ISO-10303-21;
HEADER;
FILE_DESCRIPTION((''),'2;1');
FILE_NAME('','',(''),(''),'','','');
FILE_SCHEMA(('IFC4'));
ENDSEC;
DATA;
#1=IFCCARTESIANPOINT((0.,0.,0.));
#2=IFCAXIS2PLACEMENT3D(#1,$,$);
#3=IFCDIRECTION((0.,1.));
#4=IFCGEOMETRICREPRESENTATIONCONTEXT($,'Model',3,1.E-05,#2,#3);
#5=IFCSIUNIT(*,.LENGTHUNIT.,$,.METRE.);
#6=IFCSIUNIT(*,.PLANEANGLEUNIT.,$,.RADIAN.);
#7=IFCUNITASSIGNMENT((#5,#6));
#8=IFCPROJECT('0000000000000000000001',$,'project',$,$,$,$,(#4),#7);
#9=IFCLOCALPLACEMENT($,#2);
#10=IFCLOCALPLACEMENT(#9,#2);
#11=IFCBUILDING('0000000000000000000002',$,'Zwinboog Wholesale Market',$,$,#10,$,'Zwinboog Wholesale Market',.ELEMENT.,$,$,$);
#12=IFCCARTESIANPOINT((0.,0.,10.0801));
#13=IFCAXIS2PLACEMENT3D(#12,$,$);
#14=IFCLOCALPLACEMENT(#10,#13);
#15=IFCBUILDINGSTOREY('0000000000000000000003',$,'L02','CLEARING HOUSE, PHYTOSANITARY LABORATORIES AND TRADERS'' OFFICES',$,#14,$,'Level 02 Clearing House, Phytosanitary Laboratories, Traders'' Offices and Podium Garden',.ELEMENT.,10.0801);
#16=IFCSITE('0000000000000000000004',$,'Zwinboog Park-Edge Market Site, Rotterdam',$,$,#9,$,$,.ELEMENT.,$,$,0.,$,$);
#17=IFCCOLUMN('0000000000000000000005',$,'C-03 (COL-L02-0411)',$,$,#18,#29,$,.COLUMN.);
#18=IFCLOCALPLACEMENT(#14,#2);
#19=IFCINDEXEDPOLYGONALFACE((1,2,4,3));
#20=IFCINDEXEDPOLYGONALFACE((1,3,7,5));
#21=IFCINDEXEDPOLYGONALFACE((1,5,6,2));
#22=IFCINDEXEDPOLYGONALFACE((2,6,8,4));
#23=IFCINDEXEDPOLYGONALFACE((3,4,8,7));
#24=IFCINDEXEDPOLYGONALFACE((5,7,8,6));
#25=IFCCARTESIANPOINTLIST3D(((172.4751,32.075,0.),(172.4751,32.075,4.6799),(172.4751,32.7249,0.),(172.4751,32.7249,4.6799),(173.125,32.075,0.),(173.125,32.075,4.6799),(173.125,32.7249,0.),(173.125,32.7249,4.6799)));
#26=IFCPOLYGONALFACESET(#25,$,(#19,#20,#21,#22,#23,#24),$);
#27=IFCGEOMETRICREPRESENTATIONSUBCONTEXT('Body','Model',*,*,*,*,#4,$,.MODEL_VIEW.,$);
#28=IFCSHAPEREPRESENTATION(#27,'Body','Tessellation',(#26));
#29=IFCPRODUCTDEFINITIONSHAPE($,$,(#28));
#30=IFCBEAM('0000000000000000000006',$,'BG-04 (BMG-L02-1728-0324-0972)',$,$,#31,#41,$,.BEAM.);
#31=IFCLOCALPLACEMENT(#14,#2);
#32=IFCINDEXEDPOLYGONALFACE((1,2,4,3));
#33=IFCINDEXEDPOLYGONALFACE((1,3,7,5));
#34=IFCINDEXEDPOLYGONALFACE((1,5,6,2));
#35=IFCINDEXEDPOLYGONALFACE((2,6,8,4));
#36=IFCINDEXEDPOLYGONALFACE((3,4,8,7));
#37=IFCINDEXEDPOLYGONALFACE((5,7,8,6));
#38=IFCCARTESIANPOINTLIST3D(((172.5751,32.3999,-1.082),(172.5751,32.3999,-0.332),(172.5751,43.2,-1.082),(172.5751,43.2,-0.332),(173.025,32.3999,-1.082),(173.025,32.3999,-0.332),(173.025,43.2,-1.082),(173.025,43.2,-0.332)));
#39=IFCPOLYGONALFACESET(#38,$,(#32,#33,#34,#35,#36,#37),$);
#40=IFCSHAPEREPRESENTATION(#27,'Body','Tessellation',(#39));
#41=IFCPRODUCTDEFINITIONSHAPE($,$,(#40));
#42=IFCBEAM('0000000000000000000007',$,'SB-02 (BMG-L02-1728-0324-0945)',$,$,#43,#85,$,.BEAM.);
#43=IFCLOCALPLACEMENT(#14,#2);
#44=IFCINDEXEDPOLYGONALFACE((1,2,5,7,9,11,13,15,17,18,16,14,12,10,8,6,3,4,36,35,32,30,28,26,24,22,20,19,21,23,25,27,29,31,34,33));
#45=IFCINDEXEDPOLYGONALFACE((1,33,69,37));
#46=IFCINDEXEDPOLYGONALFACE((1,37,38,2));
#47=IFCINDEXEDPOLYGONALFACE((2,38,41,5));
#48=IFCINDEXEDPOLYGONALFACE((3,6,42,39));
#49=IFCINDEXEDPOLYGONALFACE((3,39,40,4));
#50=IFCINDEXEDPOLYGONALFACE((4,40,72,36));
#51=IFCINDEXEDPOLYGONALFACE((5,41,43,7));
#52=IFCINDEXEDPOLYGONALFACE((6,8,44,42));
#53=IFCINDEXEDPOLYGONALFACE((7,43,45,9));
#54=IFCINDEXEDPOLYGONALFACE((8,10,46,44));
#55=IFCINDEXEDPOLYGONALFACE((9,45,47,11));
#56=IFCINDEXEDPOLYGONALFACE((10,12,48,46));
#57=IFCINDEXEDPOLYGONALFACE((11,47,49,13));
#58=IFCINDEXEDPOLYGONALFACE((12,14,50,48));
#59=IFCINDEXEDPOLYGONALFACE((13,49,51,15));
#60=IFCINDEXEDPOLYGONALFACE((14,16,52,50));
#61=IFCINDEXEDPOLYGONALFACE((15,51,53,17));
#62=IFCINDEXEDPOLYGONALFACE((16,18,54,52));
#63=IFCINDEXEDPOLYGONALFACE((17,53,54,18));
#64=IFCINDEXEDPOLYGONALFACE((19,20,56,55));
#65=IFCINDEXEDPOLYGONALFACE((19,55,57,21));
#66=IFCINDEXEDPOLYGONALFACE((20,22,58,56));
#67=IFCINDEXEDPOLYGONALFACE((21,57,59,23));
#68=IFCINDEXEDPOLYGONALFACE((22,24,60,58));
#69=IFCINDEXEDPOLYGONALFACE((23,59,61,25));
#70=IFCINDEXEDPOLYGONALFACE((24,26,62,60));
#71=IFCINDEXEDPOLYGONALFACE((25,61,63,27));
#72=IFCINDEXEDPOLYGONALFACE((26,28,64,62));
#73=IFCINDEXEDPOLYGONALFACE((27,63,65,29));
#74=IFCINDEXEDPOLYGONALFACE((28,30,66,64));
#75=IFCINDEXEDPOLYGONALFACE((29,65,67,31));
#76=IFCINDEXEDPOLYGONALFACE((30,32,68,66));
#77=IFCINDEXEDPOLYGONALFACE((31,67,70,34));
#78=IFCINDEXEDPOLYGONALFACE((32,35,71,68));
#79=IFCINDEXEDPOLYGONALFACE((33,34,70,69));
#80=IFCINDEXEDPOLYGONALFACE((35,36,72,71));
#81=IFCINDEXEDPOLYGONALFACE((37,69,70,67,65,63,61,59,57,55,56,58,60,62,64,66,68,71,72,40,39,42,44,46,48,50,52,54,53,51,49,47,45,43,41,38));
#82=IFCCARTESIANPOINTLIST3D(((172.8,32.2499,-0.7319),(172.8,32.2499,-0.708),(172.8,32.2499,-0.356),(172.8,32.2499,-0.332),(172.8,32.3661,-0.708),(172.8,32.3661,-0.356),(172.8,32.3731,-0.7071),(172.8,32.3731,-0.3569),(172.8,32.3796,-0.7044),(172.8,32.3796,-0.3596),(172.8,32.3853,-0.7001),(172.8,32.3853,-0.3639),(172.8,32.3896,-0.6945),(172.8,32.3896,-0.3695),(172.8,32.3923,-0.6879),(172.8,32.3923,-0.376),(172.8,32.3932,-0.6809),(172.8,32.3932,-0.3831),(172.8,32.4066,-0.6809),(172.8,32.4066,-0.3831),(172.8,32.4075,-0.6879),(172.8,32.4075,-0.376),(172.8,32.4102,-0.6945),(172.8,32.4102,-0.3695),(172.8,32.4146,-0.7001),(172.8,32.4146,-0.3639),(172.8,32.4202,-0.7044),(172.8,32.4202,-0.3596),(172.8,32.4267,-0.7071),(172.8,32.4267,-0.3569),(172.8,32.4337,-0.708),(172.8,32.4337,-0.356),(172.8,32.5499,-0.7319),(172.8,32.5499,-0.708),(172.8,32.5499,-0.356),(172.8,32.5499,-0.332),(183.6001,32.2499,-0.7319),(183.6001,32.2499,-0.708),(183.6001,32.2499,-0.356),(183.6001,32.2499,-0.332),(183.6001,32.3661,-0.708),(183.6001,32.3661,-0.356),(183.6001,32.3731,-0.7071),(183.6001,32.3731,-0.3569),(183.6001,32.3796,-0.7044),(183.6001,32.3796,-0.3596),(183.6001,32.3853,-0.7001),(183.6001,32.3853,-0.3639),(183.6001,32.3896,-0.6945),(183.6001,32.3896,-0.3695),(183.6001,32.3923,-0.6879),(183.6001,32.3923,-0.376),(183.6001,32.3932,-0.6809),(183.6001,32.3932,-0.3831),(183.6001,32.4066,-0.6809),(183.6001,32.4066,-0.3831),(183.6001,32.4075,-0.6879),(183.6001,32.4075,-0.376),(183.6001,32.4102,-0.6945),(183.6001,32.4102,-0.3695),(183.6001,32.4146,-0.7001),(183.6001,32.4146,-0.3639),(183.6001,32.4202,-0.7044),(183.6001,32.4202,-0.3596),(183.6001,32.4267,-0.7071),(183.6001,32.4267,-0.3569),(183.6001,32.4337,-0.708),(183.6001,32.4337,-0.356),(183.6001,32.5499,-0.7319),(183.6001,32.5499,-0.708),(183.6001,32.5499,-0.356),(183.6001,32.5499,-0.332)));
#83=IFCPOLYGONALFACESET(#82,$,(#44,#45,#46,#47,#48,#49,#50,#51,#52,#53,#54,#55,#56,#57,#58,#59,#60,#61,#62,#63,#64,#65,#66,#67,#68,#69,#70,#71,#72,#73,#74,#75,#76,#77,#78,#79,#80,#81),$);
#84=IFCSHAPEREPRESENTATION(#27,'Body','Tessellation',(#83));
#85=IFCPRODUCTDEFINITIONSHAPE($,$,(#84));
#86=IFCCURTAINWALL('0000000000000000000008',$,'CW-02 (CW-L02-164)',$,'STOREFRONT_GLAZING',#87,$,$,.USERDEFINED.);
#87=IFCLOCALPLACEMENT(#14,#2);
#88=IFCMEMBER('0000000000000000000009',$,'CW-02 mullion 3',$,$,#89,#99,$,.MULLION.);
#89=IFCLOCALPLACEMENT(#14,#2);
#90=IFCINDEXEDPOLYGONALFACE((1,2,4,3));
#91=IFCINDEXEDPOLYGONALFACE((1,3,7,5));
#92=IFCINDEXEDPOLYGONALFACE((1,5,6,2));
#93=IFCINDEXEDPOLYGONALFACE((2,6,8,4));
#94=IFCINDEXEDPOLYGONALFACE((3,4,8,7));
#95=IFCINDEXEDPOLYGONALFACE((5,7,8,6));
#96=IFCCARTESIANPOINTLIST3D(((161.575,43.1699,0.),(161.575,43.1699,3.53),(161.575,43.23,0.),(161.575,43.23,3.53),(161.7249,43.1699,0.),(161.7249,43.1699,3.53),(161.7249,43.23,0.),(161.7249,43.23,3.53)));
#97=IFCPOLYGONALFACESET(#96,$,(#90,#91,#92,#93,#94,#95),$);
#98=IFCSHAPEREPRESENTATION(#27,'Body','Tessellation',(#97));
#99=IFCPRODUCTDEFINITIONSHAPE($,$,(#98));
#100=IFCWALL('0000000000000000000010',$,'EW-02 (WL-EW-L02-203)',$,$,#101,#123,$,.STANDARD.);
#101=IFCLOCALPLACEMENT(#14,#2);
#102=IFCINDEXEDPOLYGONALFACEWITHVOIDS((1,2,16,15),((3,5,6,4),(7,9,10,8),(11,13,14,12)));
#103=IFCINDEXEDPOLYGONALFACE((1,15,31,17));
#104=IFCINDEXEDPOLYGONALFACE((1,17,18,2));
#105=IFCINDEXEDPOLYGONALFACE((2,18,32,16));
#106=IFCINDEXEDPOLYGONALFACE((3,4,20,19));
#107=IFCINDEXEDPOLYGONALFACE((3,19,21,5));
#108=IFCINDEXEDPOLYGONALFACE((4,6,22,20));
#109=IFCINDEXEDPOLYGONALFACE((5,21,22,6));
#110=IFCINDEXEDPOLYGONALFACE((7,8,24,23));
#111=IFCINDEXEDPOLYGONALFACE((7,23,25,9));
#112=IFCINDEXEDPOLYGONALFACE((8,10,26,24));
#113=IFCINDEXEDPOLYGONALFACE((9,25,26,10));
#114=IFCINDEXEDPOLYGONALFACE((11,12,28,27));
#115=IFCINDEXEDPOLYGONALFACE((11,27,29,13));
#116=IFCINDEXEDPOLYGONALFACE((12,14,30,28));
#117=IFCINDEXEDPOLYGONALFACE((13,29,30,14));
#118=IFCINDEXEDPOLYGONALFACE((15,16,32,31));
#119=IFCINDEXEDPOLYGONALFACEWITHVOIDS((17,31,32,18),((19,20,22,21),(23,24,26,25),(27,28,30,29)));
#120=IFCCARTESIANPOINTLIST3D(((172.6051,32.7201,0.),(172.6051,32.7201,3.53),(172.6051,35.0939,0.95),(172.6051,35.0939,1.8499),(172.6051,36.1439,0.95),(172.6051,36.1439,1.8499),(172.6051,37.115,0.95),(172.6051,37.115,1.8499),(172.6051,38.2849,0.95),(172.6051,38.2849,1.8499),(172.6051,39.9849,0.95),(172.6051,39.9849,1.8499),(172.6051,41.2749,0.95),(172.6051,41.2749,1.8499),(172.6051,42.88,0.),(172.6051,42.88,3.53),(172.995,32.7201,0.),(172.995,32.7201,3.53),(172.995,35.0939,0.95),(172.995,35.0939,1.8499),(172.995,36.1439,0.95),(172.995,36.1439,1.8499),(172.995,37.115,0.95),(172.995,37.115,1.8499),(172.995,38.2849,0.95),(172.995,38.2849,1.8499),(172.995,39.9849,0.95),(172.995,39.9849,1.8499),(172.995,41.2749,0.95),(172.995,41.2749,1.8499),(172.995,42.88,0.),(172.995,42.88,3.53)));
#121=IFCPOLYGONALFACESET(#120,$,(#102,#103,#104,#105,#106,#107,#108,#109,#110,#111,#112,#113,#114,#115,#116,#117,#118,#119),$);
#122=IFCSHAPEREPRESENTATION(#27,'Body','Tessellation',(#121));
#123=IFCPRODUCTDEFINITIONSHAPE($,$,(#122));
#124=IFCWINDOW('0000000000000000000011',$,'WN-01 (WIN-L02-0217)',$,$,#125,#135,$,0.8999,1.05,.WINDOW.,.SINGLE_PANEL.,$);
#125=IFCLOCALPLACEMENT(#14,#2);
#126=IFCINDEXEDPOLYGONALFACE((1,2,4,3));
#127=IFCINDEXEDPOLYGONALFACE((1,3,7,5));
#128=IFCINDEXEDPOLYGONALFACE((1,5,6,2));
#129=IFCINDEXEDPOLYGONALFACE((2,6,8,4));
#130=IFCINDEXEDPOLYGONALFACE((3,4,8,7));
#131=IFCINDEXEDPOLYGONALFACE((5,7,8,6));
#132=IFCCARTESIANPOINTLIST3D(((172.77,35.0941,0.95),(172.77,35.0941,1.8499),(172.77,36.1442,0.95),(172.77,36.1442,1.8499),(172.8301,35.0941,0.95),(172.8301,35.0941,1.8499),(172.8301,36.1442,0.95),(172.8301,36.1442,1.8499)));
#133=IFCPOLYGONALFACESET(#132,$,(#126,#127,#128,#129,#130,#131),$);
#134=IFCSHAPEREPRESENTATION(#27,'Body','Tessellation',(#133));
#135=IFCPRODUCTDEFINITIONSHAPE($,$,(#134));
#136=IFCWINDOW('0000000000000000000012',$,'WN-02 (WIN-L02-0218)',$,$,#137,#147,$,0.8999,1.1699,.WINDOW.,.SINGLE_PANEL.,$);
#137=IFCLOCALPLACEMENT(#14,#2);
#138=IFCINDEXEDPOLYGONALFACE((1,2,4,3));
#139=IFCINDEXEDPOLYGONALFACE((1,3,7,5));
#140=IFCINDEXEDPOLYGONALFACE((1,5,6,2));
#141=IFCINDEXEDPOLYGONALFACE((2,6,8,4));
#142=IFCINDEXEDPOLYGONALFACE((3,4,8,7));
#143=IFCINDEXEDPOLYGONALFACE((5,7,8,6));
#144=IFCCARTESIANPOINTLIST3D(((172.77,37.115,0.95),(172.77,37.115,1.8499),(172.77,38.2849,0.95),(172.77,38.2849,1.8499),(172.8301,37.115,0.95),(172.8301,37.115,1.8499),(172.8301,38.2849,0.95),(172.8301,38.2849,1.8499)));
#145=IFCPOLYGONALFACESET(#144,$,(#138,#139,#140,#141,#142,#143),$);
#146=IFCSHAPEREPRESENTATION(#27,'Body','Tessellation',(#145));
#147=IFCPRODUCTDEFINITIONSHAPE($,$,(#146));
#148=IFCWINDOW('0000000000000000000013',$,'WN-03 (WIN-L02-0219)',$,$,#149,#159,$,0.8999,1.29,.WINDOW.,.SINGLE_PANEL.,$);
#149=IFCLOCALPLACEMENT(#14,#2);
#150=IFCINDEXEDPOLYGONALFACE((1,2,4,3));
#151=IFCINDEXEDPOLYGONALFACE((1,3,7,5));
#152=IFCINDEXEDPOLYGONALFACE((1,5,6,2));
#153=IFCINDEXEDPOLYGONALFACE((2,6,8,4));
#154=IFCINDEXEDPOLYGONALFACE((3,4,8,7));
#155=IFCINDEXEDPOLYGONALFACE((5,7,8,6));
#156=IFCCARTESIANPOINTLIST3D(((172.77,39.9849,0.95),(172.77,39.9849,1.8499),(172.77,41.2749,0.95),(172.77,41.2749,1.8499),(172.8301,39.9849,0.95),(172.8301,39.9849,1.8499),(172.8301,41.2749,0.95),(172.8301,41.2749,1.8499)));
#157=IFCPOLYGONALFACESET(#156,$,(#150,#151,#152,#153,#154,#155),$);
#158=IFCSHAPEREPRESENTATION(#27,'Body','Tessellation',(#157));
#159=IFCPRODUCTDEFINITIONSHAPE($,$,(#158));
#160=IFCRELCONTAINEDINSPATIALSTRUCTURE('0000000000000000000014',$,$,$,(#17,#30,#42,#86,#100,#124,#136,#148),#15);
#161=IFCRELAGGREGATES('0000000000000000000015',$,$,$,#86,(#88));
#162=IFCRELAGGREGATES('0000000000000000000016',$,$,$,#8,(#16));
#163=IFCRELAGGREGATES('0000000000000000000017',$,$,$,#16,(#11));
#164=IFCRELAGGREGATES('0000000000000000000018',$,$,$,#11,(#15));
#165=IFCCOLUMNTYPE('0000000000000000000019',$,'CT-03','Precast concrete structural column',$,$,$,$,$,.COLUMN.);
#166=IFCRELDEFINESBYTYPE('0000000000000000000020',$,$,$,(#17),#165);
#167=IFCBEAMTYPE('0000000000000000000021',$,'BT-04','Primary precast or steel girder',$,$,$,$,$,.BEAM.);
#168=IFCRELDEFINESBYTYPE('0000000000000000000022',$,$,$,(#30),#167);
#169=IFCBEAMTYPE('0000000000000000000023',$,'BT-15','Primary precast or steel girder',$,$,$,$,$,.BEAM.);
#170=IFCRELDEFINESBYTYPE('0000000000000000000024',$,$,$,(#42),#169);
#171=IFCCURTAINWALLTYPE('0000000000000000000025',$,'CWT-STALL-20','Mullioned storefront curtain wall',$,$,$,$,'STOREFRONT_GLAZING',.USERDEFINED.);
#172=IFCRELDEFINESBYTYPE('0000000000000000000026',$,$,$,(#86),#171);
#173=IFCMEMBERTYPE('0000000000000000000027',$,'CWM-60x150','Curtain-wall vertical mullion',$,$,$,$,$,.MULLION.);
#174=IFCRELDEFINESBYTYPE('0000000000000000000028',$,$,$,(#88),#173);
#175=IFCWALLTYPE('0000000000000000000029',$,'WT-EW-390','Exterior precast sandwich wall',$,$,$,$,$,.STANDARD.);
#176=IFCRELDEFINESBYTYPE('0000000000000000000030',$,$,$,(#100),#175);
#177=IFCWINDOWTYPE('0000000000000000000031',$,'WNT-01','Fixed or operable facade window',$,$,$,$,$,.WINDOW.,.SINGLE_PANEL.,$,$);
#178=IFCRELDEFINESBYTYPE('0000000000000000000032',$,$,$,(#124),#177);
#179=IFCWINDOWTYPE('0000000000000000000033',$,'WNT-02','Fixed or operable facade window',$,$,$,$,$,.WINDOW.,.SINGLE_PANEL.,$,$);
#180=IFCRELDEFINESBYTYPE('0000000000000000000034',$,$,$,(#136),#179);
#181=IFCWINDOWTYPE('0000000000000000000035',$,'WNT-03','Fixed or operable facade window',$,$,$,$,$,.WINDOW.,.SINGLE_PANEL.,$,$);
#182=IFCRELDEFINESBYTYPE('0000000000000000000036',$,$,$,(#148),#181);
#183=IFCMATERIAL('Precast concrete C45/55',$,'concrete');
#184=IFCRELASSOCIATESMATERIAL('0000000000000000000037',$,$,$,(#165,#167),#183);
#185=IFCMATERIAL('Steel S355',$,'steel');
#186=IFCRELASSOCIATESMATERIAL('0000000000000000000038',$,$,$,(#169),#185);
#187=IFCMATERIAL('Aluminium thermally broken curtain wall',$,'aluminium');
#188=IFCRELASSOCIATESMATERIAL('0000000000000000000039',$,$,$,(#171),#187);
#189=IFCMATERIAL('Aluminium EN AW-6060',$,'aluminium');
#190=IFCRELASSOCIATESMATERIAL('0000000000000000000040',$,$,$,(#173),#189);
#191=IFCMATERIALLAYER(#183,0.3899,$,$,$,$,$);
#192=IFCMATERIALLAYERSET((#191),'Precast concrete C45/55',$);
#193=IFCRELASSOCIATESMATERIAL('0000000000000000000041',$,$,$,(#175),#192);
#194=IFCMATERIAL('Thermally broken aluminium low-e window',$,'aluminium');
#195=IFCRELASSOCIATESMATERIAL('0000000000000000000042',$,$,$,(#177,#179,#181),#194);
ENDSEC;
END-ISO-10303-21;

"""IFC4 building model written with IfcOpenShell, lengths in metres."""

from ifc_helpers import new_model, si_unit, direction, frame, frame_2d, origin, origin_2d, place, context, subcontext, project, spatial, rectangle, i_section, extrude, material, layer, layer_set, material_profile, profile_set, type_object, element, fill, aggregate, save


model = new_model("IFC4")

# Units and contexts
model_context = context("Model", 3, precision=1e-05, world=origin(), true_north=direction((0.0, 1.0)))
body_context = subcontext(model_context, "Body", "Model", "MODEL_VIEW")
ifc_project = project(units=[si_unit("LENGTHUNIT", "METRE"), si_unit("PLANEANGLEUNIT", "RADIAN")], contexts=[model_context])

# Site, building, storey
site_placement = place(None, origin())
site = spatial("IfcSite", under=ifc_project, at=site_placement, Name="Zwinboog Park-Edge Market Site, Rotterdam", CompositionType="ELEMENT", RefElevation=0.0)
building_placement = place(site_placement, origin())
building = spatial("IfcBuilding", under=site, at=building_placement, Name="Zwinboog Wholesale Market", LongName="Zwinboog Wholesale Market", CompositionType="ELEMENT")
storey_placement = place(building_placement, frame((0.0, 0.0, 10.0801)))
storey = spatial("IfcBuildingStorey", under=building, at=storey_placement, Name="L02", Description="CLEARING HOUSE, PHYTOSANITARY LABORATORIES AND TRADERS' OFFICES", LongName="Level 02 Clearing House, Phytosanitary Laboratories, Traders' Offices and Podium Garden", CompositionType="ELEMENT", Elevation=10.0801)

# Column
ifc_material_1 = material(Name="Precast concrete C45/55", Category="concrete")
ifc_material_profile_1 = material_profile(ifc_material_1, rectangle(XDim=0.6499, YDim=0.6499, at=origin_2d()), Name="PC 650x650")
ifc_profile_set_1 = profile_set([ifc_material_profile_1], Name="Precast concrete C45/55")
column_type = type_object("IfcColumnType", Name="CT-03", Description="Precast concrete structural column", PredefinedType="COLUMN", material=ifc_profile_set_1)
column_placement = place(storey_placement, frame((172.8, 32.3999, 0.0), z_axis=(0.0, 0.0, 1.0), x_axis=(1.0, 0.0, 0.0)))
element("IfcColumn", 1, at=column_placement, inside=storey, type_object=column_type, Name="C-03 (COL-L02-0411)", PredefinedType="COLUMN", context=body_context, shape_type="SweptSolid", body=[
    extrude(rectangle(XDim=0.6499, YDim=0.6499, at=origin_2d()), origin(), (0.0, 0.0, 1.0), 4.6799),
])

# Beams
ifc_material_profile_2 = material_profile(ifc_material_1, rectangle(XDim=0.45, YDim=0.75, at=origin_2d()), Name="PC 450x750")
ifc_profile_set_2 = profile_set([ifc_material_profile_2], Name="Precast concrete C45/55")
beam_type_1 = type_object("IfcBeamType", Name="BT-04", Description="Primary precast or steel girder", PredefinedType="BEAM", material=ifc_profile_set_2)
beam_1_placement = place(storey_placement, frame((172.8, 32.3999, -0.707), z_axis=(0.0, 1.0, 0.0), x_axis=(-1.0, 0.0, 0.0)))
element("IfcBeam", 2, at=beam_1_placement, inside=storey, type_object=beam_type_1, Name="BG-04 (BMG-L02-1728-0324-0972)", PredefinedType="BEAM", context=body_context, shape_type="SweptSolid", body=[
    extrude(rectangle(XDim=0.45, YDim=0.75, at=origin_2d()), origin(), (0.0, 0.0, 1.0), 10.8),
])
ifc_material_2 = material(Name="Steel S355", Category="steel")
ifc_material_profile_3 = material_profile(ifc_material_2, i_section(OverallWidth=0.3, OverallDepth=0.3999, WebThickness=0.0134, FlangeThickness=0.0239, FilletRadius=0.0271, at=origin_2d()), Name="HEB 400")
ifc_profile_set_3 = profile_set([ifc_material_profile_3], Name="Steel S355")
beam_type_2 = type_object("IfcBeamType", Name="BT-15", Description="Primary precast or steel girder", PredefinedType="BEAM", material=ifc_profile_set_3)
beam_2_placement = place(storey_placement, frame((172.8, 32.3999, -0.532), z_axis=(1.0, 0.0, 0.0), x_axis=(0.0, 1.0, 0.0)))
element("IfcBeam", 3, at=beam_2_placement, inside=storey, type_object=beam_type_2, Name="SB-02 (BMG-L02-1728-0324-0945)", PredefinedType="BEAM", context=body_context, shape_type="SweptSolid", body=[
    extrude(i_section(OverallWidth=0.3, OverallDepth=0.3999, WebThickness=0.0134, FlangeThickness=0.0239, FilletRadius=0.0271, at=origin_2d()), origin(), (0.0, 0.0, 1.0), 10.8),
])

# Curtain wall, member
ifc_material_3 = material(Name="Aluminium thermally broken curtain wall", Category="aluminium")
curtain_wall_type = type_object("IfcCurtainWallType", Name="CWT-STALL-20", Description="Mullioned storefront curtain wall", ElementType="STOREFRONT_GLAZING", PredefinedType="USERDEFINED", material=ifc_material_3)
curtain_wall_placement = place(storey_placement, origin())
curtain_wall = element("IfcCurtainWall", 4, at=curtain_wall_placement, inside=storey, type_object=curtain_wall_type, Name="CW-02 (CW-L02-164)", ObjectType="STOREFRONT_GLAZING", PredefinedType="USERDEFINED")
ifc_material_4 = material(Name="Aluminium EN AW-6060", Category="aluminium")
ifc_material_profile_4 = material_profile(ifc_material_4, rectangle(XDim=0.0601, YDim=0.1499, at=origin_2d()), Name="AL 60x150")
ifc_profile_set_4 = profile_set([ifc_material_profile_4], Name="Aluminium EN AW-6060")
member_type = type_object("IfcMemberType", Name="CWM-60x150", Description="Curtain-wall vertical mullion", PredefinedType="MULLION", material=ifc_profile_set_4)
member_placement = place(storey_placement, frame((161.6499, 43.2, 0.0), z_axis=(0.0, 0.0, 1.0), x_axis=(0.0, 1.0, 0.0)))
member = element("IfcMember", 5, at=member_placement, type_object=member_type, Name="CW-02 mullion 3", PredefinedType="MULLION", context=body_context, shape_type="SweptSolid", body=[
    extrude(rectangle(XDim=0.0601, YDim=0.1499, at=origin_2d()), origin(), (0.0, 0.0, 1.0), 3.53),
])
aggregate(curtain_wall, [member])

# Wall, openings, windows
ifc_layer_1 = layer(ifc_material_1, 0.3899)
ifc_layer_set_1 = layer_set([ifc_layer_1], Name="Precast concrete C45/55")
wall_type_1 = type_object("IfcWallType", Name="WT-EW-390", Description="Exterior precast sandwich wall", PredefinedType="STANDARD", material=ifc_layer_set_1)
wall_1_placement = place(storey_placement, frame((172.8, 32.72, 0.0), z_axis=(0.0, 0.0, 1.0), x_axis=(0.0, 1.0, 0.0)))
wall_1 = element("IfcWall", 6, at=wall_1_placement, inside=storey, type_object=wall_type_1, Name="EW-02 (WL-EW-L02-203)", PredefinedType="STANDARD", context=body_context, shape_type="SweptSolid", body=[
    extrude(rectangle(XDim=10.1599, YDim=0.3899, at=frame_2d((5.0801, 0.0))), origin(), (0.0, 0.0, 1.0), 3.53),
])
opening_1_placement = place(wall_1_placement, frame((2.374, 0.0, 0.95)))
opening_1 = element("IfcOpeningElement", 7, at=opening_1_placement, cuts=wall_1, PredefinedType="OPENING", context=body_context, shape_type="SweptSolid", body=[
    extrude(rectangle(XDim=1.05, YDim=0.8999, at=frame_2d((0.5249, 0.45))), frame((0.0, 0.2048, 0.0), z_axis=(0.0, -1.0, 0.0), x_axis=(1.0, 0.0, 0.0)), (0.0, 0.0, 1.0), 0.4099),
])
opening_2_placement = place(wall_1_placement, frame((4.395, 0.0, 0.95)))
opening_2 = element("IfcOpeningElement", 8, at=opening_2_placement, cuts=wall_1, PredefinedType="OPENING", context=body_context, shape_type="SweptSolid", body=[
    extrude(rectangle(XDim=1.1699, YDim=0.8999, at=frame_2d((0.585, 0.45))), frame((0.0, 0.2048, 0.0), z_axis=(0.0, -1.0, 0.0), x_axis=(1.0, 0.0, 0.0)), (0.0, 0.0, 1.0), 0.4099),
])
opening_3_placement = place(wall_1_placement, frame((7.2649, 0.0, 0.95)))
opening_3 = element("IfcOpeningElement", 9, at=opening_3_placement, cuts=wall_1, PredefinedType="OPENING", context=body_context, shape_type="SweptSolid", body=[
    extrude(rectangle(XDim=1.29, YDim=0.8999, at=frame_2d((0.645, 0.45))), frame((0.0, 0.2048, 0.0), z_axis=(0.0, -1.0, 0.0), x_axis=(1.0, 0.0, 0.0)), (0.0, 0.0, 1.0), 0.4099),
])
ifc_material_5 = material(Name="Thermally broken aluminium low-e window", Category="aluminium")
window_type_1 = type_object("IfcWindowType", Name="WNT-01", Description="Fixed or operable facade window", PartitioningType="SINGLE_PANEL", PredefinedType="WINDOW", material=ifc_material_5)
window_1_placement = place(opening_1_placement, frame((1.05, 0.0, 0.0), z_axis=(0.0, 0.0, 1.0), x_axis=(-1.0, 0.0, 0.0)))
window_1 = element("IfcWindow", 10, at=window_1_placement, inside=storey, type_object=window_type_1, Name="WN-01 (WIN-L02-0217)", OverallHeight=0.8999, OverallWidth=1.05, PartitioningType="SINGLE_PANEL", PredefinedType="WINDOW", context=body_context, shape_type="SweptSolid", body=[
    extrude(rectangle(XDim=1.05, YDim=0.8999, at=frame_2d((0.5249, 0.45))), frame((0.0, 0.03, 0.0), z_axis=(0.0, -1.0, 0.0), x_axis=(1.0, 0.0, 0.0)), (0.0, 0.0, 1.0), 0.0601),
])
fill(opening_1, window_1)
window_type_2 = type_object("IfcWindowType", Name="WNT-02", Description="Fixed or operable facade window", PartitioningType="SINGLE_PANEL", PredefinedType="WINDOW", material=ifc_material_5)
window_2_placement = place(opening_2_placement, frame((1.1699, 0.0, 0.0), z_axis=(0.0, 0.0, 1.0), x_axis=(-1.0, 0.0, 0.0)))
window_2 = element("IfcWindow", 11, at=window_2_placement, inside=storey, type_object=window_type_2, Name="WN-02 (WIN-L02-0218)", OverallHeight=0.8999, OverallWidth=1.1699, PartitioningType="SINGLE_PANEL", PredefinedType="WINDOW", context=body_context, shape_type="SweptSolid", body=[
    extrude(rectangle(XDim=1.1699, YDim=0.8999, at=frame_2d((0.585, 0.45))), frame((0.0, 0.03, 0.0), z_axis=(0.0, -1.0, 0.0), x_axis=(1.0, 0.0, 0.0)), (0.0, 0.0, 1.0), 0.0601),
])
fill(opening_2, window_2)
window_type_3 = type_object("IfcWindowType", Name="WNT-03", Description="Fixed or operable facade window", PartitioningType="SINGLE_PANEL", PredefinedType="WINDOW", material=ifc_material_5)
window_3_placement = place(opening_3_placement, frame((1.29, 0.0, 0.0), z_axis=(0.0, 0.0, 1.0), x_axis=(-1.0, 0.0, 0.0)))
window_3 = element("IfcWindow", 12, at=window_3_placement, inside=storey, type_object=window_type_3, Name="WN-03 (WIN-L02-0219)", OverallHeight=0.8999, OverallWidth=1.29, PartitioningType="SINGLE_PANEL", PredefinedType="WINDOW", context=body_context, shape_type="SweptSolid", body=[
    extrude(rectangle(XDim=1.29, YDim=0.8999, at=frame_2d((0.645, 0.45))), frame((0.0, 0.03, 0.0), z_axis=(0.0, -1.0, 0.0), x_axis=(1.0, 0.0, 0.0)), (0.0, 0.0, 1.0), 0.0601),
])
fill(opening_3, window_3)

save(model, "model.ifc")
